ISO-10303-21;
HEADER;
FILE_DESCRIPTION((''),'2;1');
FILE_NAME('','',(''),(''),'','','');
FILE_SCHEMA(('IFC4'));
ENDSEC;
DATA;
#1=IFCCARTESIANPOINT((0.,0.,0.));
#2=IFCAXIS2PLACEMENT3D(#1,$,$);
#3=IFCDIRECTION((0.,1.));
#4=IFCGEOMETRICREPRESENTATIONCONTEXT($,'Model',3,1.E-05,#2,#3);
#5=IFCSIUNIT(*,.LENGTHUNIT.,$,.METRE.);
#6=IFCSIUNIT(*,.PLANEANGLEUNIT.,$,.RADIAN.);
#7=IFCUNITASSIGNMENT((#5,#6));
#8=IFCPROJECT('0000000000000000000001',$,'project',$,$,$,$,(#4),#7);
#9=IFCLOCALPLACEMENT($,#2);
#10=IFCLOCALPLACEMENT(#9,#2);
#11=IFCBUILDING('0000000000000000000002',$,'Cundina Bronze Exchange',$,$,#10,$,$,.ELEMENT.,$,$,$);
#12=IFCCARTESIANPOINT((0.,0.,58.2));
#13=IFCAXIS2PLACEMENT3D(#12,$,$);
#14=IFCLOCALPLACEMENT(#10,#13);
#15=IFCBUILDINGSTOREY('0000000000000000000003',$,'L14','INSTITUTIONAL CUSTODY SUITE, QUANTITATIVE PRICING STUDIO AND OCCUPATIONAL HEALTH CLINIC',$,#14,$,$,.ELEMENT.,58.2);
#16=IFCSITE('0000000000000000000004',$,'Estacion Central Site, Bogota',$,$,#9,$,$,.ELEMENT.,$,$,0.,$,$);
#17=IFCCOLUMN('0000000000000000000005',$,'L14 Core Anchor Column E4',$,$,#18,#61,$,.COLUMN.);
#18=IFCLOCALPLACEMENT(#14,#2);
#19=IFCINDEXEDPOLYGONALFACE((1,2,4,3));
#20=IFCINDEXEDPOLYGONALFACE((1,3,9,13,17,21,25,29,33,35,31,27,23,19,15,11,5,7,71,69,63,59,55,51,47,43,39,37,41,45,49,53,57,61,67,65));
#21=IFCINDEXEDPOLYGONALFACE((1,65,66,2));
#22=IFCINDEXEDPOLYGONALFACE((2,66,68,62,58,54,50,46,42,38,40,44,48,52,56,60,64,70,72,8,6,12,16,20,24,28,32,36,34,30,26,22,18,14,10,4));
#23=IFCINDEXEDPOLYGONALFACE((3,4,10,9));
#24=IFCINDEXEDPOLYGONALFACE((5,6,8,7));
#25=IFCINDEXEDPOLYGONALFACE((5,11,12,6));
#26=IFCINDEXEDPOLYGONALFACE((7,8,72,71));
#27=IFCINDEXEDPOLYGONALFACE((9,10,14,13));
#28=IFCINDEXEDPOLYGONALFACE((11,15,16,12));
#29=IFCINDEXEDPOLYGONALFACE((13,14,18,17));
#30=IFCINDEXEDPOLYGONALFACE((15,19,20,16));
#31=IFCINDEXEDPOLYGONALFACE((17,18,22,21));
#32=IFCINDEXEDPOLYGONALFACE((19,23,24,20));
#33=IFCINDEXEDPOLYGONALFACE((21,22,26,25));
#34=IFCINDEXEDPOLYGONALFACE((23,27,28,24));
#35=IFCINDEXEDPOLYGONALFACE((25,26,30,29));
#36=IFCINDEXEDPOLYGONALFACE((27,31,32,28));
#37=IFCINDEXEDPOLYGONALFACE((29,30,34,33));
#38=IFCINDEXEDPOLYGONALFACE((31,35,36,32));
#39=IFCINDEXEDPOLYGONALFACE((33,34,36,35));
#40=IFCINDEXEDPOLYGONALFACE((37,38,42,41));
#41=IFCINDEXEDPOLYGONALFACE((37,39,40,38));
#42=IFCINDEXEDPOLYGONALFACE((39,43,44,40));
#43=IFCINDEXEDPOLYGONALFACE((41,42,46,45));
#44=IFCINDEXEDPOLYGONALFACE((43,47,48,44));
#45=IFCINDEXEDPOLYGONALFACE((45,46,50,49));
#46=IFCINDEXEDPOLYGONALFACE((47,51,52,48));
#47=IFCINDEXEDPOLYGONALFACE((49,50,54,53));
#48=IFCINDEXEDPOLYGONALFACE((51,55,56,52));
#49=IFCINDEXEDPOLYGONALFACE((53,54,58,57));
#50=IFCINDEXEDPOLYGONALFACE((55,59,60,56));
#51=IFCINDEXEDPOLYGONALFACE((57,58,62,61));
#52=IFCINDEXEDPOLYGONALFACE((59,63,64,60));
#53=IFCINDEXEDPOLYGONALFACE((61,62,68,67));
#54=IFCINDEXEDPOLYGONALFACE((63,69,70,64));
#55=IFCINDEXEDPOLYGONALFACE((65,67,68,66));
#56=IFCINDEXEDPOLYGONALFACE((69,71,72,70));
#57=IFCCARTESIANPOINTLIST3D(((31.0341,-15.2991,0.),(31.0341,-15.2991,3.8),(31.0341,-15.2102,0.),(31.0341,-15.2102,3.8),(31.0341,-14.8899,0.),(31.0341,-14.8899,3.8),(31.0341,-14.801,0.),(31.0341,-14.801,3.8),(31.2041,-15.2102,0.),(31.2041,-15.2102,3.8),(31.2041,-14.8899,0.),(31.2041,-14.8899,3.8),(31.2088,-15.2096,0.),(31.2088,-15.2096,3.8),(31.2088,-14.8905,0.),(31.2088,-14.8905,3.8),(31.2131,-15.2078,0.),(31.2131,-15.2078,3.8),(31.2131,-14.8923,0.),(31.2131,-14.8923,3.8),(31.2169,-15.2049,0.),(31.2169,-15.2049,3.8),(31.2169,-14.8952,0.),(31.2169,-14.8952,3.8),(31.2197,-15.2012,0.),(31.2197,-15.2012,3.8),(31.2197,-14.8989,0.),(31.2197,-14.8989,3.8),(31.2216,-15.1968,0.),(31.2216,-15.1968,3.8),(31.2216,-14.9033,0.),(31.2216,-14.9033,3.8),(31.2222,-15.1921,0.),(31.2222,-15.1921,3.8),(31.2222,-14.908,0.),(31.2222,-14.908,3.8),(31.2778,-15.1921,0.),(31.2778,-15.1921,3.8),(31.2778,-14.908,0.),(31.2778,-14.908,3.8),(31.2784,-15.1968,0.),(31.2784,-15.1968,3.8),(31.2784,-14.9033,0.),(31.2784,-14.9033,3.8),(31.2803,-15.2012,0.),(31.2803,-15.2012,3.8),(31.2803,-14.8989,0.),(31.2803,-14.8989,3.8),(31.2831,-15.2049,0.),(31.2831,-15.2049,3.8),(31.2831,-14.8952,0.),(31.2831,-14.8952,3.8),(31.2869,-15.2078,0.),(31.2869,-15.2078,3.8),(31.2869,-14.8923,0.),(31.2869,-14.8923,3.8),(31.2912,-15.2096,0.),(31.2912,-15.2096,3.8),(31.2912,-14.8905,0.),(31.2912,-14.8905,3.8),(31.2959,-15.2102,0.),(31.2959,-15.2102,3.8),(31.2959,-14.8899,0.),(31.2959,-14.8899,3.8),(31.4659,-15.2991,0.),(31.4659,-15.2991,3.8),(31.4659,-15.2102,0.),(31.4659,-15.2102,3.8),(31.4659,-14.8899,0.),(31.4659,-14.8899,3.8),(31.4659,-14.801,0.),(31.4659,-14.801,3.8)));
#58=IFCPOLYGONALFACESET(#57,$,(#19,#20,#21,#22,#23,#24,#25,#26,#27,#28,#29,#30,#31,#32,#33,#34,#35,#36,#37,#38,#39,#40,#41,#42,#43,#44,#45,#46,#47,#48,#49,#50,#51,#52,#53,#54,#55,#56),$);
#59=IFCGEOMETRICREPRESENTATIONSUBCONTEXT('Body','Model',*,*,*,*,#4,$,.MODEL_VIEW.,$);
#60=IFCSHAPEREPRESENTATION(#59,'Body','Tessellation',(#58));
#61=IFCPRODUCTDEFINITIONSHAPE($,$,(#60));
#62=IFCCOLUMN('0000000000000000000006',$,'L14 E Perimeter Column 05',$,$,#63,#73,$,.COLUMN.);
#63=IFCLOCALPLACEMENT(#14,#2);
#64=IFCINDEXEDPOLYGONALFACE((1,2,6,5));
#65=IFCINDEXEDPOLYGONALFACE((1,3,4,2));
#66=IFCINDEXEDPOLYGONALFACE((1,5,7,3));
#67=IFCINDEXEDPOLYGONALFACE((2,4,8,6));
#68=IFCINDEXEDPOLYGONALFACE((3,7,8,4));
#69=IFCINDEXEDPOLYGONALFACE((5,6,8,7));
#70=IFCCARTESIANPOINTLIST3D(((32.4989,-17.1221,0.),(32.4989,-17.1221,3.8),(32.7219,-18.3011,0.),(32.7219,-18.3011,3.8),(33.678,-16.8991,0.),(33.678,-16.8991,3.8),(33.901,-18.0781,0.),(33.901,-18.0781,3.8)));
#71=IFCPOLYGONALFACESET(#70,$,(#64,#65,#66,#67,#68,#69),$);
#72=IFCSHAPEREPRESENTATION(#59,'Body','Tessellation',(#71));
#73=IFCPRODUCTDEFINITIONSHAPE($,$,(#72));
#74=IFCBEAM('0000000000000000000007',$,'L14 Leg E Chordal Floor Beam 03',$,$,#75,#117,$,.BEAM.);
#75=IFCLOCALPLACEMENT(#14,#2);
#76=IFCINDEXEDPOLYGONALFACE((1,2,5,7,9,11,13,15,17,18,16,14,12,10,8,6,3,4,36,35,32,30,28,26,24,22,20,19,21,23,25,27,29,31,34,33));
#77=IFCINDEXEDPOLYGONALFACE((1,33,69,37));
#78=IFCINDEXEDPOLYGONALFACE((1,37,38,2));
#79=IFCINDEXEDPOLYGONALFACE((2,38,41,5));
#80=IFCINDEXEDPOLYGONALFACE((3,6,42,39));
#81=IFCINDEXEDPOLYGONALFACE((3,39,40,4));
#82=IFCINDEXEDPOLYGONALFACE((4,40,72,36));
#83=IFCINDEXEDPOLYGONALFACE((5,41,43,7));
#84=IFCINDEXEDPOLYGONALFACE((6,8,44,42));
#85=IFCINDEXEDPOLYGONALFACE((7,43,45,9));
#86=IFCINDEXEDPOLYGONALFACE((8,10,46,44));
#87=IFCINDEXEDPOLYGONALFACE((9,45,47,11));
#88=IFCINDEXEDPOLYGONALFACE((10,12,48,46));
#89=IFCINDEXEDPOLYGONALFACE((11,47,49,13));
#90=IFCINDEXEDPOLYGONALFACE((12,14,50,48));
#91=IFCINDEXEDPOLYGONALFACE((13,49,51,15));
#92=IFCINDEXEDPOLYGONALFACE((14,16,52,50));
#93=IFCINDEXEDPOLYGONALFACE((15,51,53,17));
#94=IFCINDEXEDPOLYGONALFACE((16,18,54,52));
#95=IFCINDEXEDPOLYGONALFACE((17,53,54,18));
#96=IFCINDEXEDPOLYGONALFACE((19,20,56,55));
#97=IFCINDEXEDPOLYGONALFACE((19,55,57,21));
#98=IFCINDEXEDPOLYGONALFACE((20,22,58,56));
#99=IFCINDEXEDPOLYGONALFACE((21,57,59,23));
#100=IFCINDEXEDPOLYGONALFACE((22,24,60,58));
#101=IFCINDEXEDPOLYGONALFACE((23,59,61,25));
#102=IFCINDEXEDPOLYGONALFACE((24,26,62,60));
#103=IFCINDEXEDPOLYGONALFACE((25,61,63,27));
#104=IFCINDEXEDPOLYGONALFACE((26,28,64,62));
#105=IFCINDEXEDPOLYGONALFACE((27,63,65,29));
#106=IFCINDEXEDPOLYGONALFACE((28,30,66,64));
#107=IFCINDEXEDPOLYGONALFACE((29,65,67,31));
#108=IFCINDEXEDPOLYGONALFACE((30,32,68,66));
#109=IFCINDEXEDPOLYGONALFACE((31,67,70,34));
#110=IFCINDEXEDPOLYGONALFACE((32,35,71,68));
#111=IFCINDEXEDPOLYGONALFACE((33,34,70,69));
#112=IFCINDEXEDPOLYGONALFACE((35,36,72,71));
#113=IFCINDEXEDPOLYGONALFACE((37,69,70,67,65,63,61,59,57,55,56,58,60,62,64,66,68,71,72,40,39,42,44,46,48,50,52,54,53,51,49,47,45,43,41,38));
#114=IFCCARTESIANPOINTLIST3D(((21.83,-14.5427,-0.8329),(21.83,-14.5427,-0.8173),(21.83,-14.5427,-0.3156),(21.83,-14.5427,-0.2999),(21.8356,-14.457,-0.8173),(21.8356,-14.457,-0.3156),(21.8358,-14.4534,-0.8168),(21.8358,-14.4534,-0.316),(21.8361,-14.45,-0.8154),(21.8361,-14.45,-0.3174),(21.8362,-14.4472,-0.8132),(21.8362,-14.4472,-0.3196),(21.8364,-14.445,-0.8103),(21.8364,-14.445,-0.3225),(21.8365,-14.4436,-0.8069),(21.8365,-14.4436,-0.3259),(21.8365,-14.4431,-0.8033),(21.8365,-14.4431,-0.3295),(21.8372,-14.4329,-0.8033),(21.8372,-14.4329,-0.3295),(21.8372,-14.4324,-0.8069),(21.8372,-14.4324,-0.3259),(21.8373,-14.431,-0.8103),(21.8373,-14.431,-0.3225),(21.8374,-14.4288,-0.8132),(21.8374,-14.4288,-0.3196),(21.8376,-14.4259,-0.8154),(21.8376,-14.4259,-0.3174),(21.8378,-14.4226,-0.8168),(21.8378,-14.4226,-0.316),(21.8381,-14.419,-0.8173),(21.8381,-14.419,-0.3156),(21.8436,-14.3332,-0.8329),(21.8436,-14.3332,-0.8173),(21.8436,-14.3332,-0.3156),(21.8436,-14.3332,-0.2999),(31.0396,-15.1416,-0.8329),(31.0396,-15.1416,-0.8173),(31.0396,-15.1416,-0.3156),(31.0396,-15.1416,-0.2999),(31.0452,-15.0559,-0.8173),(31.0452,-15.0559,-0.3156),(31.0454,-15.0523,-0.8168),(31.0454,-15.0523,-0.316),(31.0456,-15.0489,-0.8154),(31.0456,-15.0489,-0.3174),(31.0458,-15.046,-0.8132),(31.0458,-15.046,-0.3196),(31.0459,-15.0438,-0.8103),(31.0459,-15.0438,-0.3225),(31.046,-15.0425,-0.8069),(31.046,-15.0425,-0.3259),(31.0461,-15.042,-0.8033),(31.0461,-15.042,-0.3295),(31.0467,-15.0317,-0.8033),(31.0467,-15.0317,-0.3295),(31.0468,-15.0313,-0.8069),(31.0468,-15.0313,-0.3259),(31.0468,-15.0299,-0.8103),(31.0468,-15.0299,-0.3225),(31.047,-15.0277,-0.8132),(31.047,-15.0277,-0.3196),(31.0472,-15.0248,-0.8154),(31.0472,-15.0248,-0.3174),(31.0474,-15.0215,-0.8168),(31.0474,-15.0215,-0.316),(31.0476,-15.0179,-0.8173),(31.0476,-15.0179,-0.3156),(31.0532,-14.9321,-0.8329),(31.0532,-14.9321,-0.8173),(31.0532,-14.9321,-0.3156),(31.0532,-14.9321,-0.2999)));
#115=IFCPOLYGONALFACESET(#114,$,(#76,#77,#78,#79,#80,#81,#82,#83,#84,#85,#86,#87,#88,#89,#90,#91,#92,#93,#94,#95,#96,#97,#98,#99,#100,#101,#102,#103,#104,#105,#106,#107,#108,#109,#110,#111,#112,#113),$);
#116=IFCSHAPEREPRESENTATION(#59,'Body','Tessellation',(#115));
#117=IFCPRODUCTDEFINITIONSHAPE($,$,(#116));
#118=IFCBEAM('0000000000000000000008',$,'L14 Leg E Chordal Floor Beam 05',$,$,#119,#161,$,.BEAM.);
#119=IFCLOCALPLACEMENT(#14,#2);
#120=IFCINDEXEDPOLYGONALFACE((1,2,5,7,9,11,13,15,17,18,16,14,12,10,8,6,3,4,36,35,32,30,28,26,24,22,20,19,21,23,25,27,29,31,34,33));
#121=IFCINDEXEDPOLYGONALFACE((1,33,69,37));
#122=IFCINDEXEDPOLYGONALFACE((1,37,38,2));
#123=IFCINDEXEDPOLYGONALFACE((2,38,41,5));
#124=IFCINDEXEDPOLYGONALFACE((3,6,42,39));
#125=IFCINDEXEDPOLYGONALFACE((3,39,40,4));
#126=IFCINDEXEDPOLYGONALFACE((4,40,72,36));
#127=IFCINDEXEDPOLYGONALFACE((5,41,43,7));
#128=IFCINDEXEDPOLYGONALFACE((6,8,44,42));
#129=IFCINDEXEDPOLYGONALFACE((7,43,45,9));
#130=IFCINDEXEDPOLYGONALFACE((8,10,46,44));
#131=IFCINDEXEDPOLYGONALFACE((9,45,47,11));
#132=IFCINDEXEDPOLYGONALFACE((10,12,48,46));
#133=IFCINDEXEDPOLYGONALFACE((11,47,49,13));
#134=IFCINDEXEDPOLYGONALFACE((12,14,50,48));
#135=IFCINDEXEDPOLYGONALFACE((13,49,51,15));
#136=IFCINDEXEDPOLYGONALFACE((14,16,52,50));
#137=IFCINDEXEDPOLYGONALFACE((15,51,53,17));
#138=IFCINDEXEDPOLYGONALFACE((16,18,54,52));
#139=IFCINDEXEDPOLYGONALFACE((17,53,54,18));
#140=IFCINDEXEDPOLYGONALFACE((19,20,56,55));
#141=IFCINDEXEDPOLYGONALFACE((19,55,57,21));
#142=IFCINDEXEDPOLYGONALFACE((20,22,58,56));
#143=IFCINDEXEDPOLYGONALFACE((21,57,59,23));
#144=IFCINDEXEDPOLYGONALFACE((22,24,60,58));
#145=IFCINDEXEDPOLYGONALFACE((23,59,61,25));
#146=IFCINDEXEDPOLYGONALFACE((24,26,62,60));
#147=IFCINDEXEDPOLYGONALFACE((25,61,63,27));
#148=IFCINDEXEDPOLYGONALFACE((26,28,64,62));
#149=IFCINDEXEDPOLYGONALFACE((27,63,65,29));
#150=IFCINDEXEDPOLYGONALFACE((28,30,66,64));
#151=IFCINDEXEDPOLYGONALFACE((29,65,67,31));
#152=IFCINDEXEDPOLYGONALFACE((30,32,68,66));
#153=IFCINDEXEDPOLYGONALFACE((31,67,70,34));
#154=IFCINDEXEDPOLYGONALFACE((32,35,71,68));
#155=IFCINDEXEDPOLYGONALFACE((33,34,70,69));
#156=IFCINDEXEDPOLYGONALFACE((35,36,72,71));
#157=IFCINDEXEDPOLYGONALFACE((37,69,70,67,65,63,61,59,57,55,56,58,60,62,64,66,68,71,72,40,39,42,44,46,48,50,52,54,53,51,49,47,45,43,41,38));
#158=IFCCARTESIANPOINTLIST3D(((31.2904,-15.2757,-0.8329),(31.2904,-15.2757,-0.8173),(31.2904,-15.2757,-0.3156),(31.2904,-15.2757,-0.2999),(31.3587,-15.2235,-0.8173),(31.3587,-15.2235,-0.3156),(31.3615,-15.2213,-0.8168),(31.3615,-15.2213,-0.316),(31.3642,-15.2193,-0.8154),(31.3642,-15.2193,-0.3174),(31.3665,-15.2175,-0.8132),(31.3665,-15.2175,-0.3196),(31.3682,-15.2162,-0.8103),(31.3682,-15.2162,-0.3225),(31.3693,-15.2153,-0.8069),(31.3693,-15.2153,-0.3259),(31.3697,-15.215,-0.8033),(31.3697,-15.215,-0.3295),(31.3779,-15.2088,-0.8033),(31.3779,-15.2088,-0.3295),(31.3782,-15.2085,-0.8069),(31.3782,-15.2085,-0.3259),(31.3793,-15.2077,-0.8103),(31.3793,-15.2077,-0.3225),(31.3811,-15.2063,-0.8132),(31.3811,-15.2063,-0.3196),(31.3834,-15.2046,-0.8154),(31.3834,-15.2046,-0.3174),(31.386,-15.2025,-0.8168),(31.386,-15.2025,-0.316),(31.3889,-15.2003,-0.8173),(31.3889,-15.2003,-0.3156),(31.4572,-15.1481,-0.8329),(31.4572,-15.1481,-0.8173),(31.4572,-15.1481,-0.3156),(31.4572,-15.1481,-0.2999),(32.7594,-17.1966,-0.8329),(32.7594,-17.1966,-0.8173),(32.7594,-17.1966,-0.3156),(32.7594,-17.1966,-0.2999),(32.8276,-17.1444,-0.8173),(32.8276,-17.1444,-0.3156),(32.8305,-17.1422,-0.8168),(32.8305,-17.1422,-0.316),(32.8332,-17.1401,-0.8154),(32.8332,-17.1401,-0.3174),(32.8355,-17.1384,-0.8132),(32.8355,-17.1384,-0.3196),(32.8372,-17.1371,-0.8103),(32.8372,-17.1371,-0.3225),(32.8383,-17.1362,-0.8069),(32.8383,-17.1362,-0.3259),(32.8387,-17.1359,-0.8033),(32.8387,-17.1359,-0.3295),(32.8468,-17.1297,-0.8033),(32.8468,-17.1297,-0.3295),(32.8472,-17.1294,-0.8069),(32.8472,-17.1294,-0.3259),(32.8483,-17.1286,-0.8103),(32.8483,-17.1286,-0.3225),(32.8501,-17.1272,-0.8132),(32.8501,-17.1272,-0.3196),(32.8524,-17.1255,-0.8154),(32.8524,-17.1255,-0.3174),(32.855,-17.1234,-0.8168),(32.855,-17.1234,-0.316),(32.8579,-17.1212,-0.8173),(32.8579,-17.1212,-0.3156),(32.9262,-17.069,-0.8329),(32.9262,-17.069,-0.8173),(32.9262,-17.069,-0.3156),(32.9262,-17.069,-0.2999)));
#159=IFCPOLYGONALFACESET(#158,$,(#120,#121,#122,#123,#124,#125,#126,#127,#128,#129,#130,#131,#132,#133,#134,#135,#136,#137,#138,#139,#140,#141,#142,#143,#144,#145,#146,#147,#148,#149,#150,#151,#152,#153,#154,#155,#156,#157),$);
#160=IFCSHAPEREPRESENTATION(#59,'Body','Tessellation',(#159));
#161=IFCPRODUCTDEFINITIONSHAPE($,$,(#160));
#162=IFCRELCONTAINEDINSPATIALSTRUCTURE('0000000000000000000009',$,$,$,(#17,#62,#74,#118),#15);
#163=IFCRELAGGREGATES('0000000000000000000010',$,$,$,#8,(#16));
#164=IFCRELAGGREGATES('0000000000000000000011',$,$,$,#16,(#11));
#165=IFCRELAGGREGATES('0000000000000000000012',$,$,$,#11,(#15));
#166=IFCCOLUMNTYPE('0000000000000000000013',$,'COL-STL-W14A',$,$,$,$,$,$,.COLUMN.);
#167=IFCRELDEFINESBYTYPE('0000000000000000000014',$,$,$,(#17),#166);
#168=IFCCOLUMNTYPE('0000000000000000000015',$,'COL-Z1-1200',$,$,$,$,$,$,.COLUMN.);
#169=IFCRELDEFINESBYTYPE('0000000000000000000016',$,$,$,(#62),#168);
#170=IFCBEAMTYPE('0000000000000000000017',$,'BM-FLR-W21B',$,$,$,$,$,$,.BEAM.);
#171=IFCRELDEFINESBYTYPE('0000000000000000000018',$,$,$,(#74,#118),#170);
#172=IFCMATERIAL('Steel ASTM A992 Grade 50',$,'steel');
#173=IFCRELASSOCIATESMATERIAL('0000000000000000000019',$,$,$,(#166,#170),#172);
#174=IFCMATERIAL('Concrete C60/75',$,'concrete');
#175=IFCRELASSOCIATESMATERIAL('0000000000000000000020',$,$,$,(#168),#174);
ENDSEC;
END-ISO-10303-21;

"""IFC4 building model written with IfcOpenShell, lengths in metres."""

from ifc_helpers import new_model, si_unit, direction, frame, origin, origin_2d, place, context, subcontext, project, spatial, rectangle, i_section, extrude, material, material_profile, profile_set, type_object, element, save


model = new_model("IFC4")

# Units and contexts
model_context = context("Model", 3, precision=1e-05, world=origin(), true_north=direction((0.0, 1.0)))
body_context = subcontext(model_context, "Body", "Model", "MODEL_VIEW")
ifc_project = project(units=[si_unit("LENGTHUNIT", "METRE"), si_unit("PLANEANGLEUNIT", "RADIAN")], contexts=[model_context])

# Site, building, storey
site_placement = place(None, origin())
site = spatial("IfcSite", under=ifc_project, at=site_placement, Name="Estacion Central Site, Bogota", CompositionType="ELEMENT", RefElevation=0.0)
building_placement = place(site_placement, origin())
building = spatial("IfcBuilding", under=site, at=building_placement, Name="Cundina Bronze Exchange", CompositionType="ELEMENT")
storey_placement = place(building_placement, frame((0.0, 0.0, 58.2)))
storey = spatial("IfcBuildingStorey", under=building, at=storey_placement, Name="L14", Description="INSTITUTIONAL CUSTODY SUITE, QUANTITATIVE PRICING STUDIO AND OCCUPATIONAL HEALTH CLINIC", CompositionType="ELEMENT", Elevation=58.2)

# Columns
ifc_material_1 = material(Name="Steel ASTM A992 Grade 50", Category="steel")
ifc_material_profile_1 = material_profile(ifc_material_1, i_section(OverallWidth=0.4319, OverallDepth=0.498, WebThickness=0.0557, FlangeThickness=0.0889, FilletRadius=0.0181, at=origin_2d()), Name="W14X500", Category="steel")
ifc_profile_set_1 = profile_set([ifc_material_profile_1], Name="Steel ASTM A992 Grade 50")
column_type_1 = type_object("IfcColumnType", Name="COL-STL-W14A", PredefinedType="COLUMN", material=ifc_profile_set_1)
column_1_placement = place(storey_placement, frame((31.25, -15.05, 0.0), z_axis=(0.0, 0.0, 1.0), x_axis=(1.0, 0.0, 0.0)))
element("IfcColumn", 1, at=column_1_placement, inside=storey, type_object=column_type_1, Name="L14 Core Anchor Column E4", PredefinedType="COLUMN", context=body_context, shape_type="SweptSolid", body=[
    extrude(i_section(OverallWidth=0.4319, OverallDepth=0.498, WebThickness=0.0557, FlangeThickness=0.0889, FilletRadius=0.0181, at=origin_2d()), origin(), (0.0, 0.0, 1.0), 3.8),
])
ifc_material_2 = material(Name="Concrete C60/75", Category="concrete")
ifc_material_profile_2 = material_profile(ifc_material_2, rectangle(XDim=1.2, YDim=1.2, at=origin_2d()), Name="RC1200X1200", Category="concrete")
ifc_profile_set_2 = profile_set([ifc_material_profile_2], Name="Concrete C60/75")
column_type_2 = type_object("IfcColumnType", Name="COL-Z1-1200", PredefinedType="COLUMN", material=ifc_profile_set_2)
column_2_placement = place(storey_placement, frame((33.2, -17.6001, 0.0), z_axis=(0.0, 0.0, 1.0), x_axis=(0.98258, 0.185838, 0.0)))
element("IfcColumn", 2, at=column_2_placement, inside=storey, type_object=column_type_2, Name="L14 E Perimeter Column 05", PredefinedType="COLUMN", context=body_context, shape_type="SweptSolid", body=[
    extrude(rectangle(XDim=1.2, YDim=1.2, at=origin_2d()), origin(), (0.0, 0.0, 1.0), 3.8),
])

# Beams
ifc_material_profile_3 = material_profile(ifc_material_1, i_section(OverallWidth=0.21, OverallDepth=0.533, WebThickness=0.0103, FlangeThickness=0.0156, FilletRadius=0.0139, at=origin_2d()), Name="W21X62", Category="steel")
ifc_profile_set_3 = profile_set([ifc_material_profile_3], Name="Steel ASTM A992 Grade 50")
beam_type_1 = type_object("IfcBeamType", Name="BM-FLR-W21B", PredefinedType="BEAM", material=ifc_profile_set_3)
beam_1_placement = place(storey_placement, frame((31.0464, -15.0369, -0.5664), z_axis=(-0.997892, 0.064891, 0.0), x_axis=(-0.064891, -0.997892, 0.0)))
element("IfcBeam", 3, at=beam_1_placement, inside=storey, type_object=beam_type_1, Name="L14 Leg E Chordal Floor Beam 03", PredefinedType="BEAM", context=body_context, shape_type="SweptSolid", body=[
    extrude(i_section(OverallWidth=0.21, OverallDepth=0.533, WebThickness=0.0103, FlangeThickness=0.0156, FilletRadius=0.0139, at=origin_2d()), origin(), (0.0, 0.0, 1.0), 9.229),
])
beam_2_placement = place(storey_placement, frame((31.3738, -15.2119, -0.5664), z_axis=(0.607469, -0.794344, 0.0), x_axis=(0.794344, 0.607469, 0.0)))
element("IfcBeam", 4, at=beam_2_placement, inside=storey, type_object=beam_type_1, Name="L14 Leg E Chordal Floor Beam 05", PredefinedType="BEAM", context=body_context, shape_type="SweptSolid", body=[
    extrude(i_section(OverallWidth=0.21, OverallDepth=0.533, WebThickness=0.0103, FlangeThickness=0.0156, FilletRadius=0.0139, at=origin_2d()), origin(), (0.0, 0.0, 1.0), 2.4182),
])

save(model, "model.ifc")
